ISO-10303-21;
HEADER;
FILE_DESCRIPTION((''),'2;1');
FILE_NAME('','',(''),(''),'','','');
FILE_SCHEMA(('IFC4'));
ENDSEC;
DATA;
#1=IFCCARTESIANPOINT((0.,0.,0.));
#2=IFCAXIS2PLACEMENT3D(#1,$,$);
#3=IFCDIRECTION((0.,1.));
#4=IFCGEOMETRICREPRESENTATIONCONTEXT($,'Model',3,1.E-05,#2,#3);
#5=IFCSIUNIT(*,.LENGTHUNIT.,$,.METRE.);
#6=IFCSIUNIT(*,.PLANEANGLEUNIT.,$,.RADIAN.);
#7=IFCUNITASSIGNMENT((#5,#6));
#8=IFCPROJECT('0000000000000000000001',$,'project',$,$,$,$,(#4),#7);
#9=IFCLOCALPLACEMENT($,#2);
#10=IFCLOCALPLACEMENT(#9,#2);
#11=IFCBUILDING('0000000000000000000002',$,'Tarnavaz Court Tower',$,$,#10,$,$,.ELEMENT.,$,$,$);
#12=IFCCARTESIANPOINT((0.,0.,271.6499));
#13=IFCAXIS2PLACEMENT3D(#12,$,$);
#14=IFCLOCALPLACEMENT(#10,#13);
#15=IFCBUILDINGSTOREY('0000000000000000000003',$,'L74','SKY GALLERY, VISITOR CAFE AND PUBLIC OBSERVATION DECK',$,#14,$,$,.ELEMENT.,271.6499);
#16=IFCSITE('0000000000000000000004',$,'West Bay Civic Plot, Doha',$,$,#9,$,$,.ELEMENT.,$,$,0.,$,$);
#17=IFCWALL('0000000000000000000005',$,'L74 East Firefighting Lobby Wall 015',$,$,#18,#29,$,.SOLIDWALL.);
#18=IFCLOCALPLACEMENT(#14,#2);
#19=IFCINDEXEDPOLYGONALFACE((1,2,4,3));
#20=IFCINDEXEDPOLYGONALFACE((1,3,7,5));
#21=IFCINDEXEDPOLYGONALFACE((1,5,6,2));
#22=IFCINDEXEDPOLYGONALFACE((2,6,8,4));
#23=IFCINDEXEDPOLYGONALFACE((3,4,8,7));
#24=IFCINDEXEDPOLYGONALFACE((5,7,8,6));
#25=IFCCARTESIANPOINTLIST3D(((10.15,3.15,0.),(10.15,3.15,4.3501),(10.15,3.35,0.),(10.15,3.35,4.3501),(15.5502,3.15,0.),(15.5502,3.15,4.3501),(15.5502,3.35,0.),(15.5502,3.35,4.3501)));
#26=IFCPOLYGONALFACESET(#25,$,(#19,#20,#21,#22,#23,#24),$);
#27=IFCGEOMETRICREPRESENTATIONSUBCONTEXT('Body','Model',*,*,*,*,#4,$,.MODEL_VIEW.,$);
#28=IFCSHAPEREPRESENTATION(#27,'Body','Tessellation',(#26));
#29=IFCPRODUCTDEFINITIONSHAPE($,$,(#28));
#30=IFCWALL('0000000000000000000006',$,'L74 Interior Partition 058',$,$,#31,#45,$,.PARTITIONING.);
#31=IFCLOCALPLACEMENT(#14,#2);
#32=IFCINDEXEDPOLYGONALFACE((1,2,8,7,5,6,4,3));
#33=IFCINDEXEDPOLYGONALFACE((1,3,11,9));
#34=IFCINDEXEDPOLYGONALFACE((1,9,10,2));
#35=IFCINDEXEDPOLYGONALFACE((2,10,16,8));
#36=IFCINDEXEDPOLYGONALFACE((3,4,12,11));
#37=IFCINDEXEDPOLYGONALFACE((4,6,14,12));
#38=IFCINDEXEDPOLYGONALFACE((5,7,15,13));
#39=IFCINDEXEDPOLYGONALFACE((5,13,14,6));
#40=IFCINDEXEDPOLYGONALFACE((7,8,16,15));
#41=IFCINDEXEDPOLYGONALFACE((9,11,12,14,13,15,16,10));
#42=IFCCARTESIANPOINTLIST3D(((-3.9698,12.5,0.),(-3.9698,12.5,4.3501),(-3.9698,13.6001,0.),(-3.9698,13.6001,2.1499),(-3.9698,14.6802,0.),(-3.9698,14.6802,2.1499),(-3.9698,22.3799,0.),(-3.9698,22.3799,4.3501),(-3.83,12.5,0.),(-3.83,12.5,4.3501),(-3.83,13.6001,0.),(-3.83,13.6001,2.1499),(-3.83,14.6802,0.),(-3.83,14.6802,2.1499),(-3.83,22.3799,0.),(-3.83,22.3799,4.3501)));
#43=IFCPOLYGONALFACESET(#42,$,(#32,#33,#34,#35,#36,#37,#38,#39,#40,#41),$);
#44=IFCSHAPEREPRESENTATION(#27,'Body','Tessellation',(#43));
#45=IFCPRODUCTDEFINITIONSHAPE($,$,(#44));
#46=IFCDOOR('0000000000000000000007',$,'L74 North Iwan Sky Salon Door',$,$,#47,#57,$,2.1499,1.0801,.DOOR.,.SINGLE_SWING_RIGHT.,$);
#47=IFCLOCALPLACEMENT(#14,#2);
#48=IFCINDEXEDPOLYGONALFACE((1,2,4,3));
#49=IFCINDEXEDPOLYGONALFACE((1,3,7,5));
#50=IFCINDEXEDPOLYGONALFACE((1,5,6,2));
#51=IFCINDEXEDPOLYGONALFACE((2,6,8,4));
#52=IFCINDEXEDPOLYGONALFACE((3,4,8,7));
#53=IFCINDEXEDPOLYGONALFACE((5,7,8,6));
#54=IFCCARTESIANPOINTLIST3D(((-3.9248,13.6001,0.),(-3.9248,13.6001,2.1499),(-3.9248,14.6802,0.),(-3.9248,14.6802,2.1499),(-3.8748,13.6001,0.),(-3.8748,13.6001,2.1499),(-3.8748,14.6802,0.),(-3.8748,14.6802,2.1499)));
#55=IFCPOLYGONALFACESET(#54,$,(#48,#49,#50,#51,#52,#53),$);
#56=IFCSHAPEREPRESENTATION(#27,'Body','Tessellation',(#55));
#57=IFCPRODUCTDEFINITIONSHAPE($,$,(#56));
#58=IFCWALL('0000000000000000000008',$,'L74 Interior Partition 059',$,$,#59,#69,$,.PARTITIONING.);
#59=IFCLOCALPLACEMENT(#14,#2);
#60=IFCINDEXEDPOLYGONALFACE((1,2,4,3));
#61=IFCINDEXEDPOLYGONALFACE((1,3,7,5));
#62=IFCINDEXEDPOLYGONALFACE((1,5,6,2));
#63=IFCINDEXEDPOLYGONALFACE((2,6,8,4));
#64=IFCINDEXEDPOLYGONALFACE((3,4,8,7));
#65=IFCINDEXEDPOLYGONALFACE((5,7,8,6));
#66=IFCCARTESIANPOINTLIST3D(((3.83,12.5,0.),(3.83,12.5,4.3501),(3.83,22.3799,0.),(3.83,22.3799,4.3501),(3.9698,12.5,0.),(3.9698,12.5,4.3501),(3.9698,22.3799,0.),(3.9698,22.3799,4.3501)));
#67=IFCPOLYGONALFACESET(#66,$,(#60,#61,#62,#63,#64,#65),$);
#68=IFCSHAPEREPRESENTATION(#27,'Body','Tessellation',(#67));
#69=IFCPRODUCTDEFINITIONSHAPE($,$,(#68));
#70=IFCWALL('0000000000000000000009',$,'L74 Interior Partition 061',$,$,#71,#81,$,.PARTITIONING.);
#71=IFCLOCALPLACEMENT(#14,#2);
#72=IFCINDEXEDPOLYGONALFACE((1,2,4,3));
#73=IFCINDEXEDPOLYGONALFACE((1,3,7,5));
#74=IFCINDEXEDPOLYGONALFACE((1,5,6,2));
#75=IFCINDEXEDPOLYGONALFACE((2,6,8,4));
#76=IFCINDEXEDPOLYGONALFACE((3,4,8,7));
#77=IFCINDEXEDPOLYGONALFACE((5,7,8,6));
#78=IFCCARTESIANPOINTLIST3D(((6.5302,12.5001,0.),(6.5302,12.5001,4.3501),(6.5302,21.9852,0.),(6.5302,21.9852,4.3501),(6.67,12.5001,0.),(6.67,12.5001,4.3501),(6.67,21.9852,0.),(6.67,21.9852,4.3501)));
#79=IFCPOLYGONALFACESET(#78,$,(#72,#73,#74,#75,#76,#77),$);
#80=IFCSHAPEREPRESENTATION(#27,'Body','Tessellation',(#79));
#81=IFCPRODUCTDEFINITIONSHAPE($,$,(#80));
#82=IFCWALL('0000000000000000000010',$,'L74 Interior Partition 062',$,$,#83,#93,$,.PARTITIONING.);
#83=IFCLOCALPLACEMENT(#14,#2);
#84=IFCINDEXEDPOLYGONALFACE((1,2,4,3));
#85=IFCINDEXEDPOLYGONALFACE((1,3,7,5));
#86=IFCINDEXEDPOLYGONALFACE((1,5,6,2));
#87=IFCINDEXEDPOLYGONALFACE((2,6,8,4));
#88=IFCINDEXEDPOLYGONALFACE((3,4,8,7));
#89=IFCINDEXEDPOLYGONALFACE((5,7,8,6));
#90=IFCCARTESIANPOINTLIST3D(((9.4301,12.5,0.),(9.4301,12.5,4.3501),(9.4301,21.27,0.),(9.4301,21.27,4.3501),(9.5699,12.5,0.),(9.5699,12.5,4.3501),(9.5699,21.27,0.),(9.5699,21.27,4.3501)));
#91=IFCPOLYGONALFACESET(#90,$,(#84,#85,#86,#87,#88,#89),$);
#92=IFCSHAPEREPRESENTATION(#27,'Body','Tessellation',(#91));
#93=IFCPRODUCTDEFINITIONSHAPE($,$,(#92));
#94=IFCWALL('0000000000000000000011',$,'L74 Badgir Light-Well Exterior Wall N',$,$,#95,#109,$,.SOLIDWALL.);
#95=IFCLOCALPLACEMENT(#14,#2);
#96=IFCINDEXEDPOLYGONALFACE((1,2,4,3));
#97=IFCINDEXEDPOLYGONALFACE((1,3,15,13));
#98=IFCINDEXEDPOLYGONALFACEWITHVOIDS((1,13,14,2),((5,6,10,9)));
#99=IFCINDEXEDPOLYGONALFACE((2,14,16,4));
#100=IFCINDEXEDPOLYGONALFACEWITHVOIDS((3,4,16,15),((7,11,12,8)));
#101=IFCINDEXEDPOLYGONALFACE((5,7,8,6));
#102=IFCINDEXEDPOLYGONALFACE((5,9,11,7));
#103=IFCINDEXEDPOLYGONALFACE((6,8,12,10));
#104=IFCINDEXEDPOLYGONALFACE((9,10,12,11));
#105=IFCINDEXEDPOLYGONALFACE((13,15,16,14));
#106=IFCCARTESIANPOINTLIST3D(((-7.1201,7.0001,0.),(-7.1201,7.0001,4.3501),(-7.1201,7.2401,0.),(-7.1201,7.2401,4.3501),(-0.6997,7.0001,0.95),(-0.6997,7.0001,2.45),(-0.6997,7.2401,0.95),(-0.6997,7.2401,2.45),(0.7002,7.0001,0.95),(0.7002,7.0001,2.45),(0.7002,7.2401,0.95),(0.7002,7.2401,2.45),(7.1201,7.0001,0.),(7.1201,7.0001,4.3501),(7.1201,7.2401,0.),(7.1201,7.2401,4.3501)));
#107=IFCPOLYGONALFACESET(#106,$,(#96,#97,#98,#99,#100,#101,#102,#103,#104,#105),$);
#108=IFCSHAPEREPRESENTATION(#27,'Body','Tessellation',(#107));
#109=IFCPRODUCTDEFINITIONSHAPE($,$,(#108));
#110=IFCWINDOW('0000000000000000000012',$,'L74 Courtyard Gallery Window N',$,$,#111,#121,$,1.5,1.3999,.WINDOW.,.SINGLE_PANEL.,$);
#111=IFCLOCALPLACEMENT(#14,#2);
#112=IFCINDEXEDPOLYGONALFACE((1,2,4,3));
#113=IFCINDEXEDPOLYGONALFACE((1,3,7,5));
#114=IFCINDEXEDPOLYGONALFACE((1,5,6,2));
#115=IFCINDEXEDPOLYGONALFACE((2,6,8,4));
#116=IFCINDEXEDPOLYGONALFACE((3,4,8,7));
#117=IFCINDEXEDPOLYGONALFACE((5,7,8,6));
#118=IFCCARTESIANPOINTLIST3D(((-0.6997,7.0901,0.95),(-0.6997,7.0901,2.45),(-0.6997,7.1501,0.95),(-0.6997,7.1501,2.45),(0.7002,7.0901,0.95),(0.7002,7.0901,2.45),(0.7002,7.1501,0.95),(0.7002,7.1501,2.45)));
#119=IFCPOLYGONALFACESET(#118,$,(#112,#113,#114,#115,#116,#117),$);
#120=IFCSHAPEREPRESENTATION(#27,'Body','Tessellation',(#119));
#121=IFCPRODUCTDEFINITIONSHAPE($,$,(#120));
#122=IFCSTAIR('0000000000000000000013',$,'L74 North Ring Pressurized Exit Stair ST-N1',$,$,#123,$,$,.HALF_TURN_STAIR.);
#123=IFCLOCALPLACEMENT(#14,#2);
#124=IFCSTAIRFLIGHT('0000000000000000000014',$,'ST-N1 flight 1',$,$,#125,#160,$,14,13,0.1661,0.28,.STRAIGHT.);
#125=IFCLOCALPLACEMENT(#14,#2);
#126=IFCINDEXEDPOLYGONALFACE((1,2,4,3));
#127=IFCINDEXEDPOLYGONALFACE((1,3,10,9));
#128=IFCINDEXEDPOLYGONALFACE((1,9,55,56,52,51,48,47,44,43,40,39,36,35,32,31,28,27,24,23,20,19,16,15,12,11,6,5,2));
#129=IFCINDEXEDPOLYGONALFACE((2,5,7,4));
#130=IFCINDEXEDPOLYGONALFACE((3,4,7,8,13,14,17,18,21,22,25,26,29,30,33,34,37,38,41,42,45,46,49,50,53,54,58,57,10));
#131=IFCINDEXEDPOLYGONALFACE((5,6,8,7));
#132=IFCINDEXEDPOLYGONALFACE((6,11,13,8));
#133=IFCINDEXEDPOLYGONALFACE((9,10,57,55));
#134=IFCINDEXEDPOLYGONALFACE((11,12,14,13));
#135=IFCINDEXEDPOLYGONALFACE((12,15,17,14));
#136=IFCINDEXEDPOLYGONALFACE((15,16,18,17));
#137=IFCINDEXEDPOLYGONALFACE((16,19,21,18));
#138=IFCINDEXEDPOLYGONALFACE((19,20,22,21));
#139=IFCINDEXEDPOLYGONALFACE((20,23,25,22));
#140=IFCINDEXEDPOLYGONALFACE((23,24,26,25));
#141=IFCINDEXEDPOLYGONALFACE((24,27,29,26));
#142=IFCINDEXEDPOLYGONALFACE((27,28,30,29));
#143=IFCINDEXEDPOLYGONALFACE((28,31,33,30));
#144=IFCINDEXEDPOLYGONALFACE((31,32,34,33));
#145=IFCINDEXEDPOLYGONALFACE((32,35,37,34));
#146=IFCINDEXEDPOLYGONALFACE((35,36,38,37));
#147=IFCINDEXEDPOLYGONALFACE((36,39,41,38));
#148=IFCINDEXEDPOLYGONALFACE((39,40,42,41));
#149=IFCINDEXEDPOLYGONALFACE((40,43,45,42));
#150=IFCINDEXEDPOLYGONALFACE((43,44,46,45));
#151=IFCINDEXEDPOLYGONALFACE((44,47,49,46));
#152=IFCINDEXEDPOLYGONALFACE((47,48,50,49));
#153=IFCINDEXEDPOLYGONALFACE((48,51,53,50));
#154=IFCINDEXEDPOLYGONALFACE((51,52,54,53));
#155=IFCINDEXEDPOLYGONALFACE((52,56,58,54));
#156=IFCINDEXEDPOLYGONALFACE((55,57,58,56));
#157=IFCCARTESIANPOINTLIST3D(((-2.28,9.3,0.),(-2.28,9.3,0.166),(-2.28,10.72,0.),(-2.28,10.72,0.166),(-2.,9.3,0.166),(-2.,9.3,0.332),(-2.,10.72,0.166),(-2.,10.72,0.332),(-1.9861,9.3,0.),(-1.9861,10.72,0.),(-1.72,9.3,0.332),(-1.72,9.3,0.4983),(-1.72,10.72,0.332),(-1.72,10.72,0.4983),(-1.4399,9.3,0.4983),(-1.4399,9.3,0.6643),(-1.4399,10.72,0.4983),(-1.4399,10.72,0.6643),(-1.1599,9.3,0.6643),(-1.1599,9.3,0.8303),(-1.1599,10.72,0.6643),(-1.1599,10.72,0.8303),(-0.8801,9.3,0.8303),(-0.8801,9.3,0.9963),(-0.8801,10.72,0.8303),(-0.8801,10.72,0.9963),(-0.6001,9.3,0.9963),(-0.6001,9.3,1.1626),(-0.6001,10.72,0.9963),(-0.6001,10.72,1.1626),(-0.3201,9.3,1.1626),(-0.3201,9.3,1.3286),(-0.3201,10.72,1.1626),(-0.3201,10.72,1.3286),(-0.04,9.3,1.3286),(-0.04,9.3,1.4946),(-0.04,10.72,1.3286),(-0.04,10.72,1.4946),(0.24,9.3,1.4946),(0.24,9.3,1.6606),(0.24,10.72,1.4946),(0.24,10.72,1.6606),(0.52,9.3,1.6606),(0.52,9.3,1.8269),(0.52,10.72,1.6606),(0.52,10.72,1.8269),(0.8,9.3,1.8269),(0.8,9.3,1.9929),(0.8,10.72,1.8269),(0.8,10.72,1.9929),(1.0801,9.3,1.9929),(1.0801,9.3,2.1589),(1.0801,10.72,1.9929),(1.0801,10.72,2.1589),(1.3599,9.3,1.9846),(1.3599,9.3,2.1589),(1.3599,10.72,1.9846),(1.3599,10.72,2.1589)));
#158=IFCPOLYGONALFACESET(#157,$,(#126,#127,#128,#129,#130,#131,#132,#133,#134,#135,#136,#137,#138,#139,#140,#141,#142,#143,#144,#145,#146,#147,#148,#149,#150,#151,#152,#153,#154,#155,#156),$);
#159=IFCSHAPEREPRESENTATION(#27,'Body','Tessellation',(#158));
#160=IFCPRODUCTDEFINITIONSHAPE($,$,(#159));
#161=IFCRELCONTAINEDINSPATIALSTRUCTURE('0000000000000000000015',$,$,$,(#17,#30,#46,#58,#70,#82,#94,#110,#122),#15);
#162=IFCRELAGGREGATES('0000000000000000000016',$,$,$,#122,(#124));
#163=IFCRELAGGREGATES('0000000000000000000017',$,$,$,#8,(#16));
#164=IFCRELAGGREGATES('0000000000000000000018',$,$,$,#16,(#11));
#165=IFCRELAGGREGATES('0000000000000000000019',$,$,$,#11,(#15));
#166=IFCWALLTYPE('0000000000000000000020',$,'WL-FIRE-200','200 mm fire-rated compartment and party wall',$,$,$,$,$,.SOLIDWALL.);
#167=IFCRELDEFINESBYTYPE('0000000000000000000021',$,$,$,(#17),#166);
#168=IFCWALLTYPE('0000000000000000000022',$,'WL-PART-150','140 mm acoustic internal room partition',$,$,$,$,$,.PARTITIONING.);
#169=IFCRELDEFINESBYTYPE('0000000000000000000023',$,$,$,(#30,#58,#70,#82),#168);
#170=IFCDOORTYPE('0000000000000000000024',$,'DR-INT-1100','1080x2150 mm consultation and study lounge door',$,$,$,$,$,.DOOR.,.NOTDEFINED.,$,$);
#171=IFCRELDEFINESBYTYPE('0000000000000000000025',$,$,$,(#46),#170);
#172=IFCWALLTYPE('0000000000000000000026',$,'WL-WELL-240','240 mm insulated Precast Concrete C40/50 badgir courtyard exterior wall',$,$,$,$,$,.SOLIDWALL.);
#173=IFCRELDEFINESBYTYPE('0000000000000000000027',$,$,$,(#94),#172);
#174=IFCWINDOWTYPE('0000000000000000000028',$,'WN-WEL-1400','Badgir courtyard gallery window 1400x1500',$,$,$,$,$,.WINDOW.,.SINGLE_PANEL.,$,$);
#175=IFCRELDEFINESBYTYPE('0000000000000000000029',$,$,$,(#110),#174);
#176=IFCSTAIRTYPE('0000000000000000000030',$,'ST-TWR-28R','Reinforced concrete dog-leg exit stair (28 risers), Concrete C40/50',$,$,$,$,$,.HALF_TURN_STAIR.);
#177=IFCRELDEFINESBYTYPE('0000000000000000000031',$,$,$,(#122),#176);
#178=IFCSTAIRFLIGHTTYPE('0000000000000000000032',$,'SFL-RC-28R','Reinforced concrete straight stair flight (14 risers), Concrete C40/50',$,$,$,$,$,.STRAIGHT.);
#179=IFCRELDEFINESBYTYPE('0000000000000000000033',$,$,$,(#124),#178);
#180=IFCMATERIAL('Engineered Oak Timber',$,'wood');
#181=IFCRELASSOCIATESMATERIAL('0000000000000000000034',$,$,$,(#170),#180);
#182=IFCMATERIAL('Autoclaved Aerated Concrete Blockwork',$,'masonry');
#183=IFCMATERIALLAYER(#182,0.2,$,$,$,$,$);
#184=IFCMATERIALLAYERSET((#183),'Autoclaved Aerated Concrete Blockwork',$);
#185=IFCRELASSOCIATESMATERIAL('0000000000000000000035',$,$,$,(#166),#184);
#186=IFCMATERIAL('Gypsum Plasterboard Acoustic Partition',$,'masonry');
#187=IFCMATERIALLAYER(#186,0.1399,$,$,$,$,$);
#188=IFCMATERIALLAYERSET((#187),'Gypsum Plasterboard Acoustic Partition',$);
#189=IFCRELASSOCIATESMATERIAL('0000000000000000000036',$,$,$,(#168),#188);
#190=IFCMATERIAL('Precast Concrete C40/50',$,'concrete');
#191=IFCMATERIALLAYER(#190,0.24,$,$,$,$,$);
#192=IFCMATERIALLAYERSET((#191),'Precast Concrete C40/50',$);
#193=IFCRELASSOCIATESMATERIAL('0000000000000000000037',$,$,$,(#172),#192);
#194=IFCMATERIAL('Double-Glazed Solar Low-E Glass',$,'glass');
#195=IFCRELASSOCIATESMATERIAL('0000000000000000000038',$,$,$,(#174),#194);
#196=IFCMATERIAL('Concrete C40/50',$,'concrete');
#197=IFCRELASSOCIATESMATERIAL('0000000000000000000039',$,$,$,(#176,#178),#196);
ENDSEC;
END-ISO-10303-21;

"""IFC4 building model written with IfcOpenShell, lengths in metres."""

from ifc_helpers import new_model, si_unit, direction, frame, frame_2d, origin, place, context, subcontext, project, spatial, polyline, rectangle, outline, extrude, material, layer, layer_set, type_object, element, fill, aggregate, save


model = new_model("IFC4")

# Units and contexts
model_context = context("Model", 3, precision=1e-05, world=origin(), true_north=direction((0.0, 1.0)))
body_context = subcontext(model_context, "Body", "Model", "MODEL_VIEW")
ifc_project = project(units=[si_unit("LENGTHUNIT", "METRE"), si_unit("PLANEANGLEUNIT", "RADIAN")], contexts=[model_context])

# Site, building, storey
site_placement = place(None, origin())
site = spatial("IfcSite", under=ifc_project, at=site_placement, Name="West Bay Civic Plot, Doha", CompositionType="ELEMENT", RefElevation=0.0)
building_placement = place(site_placement, origin())
building = spatial("IfcBuilding", under=site, at=building_placement, Name="Tarnavaz Court Tower", CompositionType="ELEMENT")
storey_placement = place(building_placement, frame((0.0, 0.0, 271.6499)))
storey = spatial("IfcBuildingStorey", under=building, at=storey_placement, Name="L74", Description="SKY GALLERY, VISITOR CAFE AND PUBLIC OBSERVATION DECK", CompositionType="ELEMENT", Elevation=271.6499)

# Shared definitions
ifc_material_1 = material(Name="Engineered Oak Timber", Category="wood")
door_type_1 = type_object("IfcDoorType", Name="DR-INT-1100", Description="1080x2150 mm consultation and study lounge door", OperationType="NOTDEFINED", PredefinedType="DOOR", material=ifc_material_1)

# Wall
ifc_material_2 = material(Name="Autoclaved Aerated Concrete Blockwork", Category="masonry")
ifc_layer_1 = layer(ifc_material_2, 0.2)
ifc_layer_set_1 = layer_set([ifc_layer_1], Name="Autoclaved Aerated Concrete Blockwork")
wall_type_1 = type_object("IfcWallType", Name="WL-FIRE-200", Description="200 mm fire-rated compartment and party wall", PredefinedType="SOLIDWALL", material=ifc_layer_set_1)
wall_1_placement = place(storey_placement, frame((10.1499, 3.25, 0.0), z_axis=(0.0, 0.0, 1.0), x_axis=(1.0, 0.0, 0.0)))
element("IfcWall", 1, at=wall_1_placement, inside=storey, type_object=wall_type_1, Name="L74 East Firefighting Lobby Wall 015", PredefinedType="SOLIDWALL", context=body_context, shape_type="SweptSolid", body=[
    extrude(rectangle(XDim=5.4001, YDim=0.2, at=frame_2d((2.7002, 0.0))), origin(), (0.0, 0.0, 1.0), 4.3501),
])

# Wall, opening, door
ifc_material_3 = material(Name="Gypsum Plasterboard Acoustic Partition", Category="masonry")
ifc_layer_2 = layer(ifc_material_3, 0.1399)
ifc_layer_set_2 = layer_set([ifc_layer_2], Name="Gypsum Plasterboard Acoustic Partition")
wall_type_2 = type_object("IfcWallType", Name="WL-PART-150", Description="140 mm acoustic internal room partition", PredefinedType="PARTITIONING", material=ifc_layer_set_2)
wall_2_placement = place(storey_placement, frame((-3.8999, 12.5, 0.0), z_axis=(0.0, 0.0, 1.0), x_axis=(0.0, 1.0, 0.0)))
wall_2 = element("IfcWall", 2, at=wall_2_placement, inside=storey, type_object=wall_type_2, Name="L74 Interior Partition 058", PredefinedType="PARTITIONING", context=body_context, shape_type="SweptSolid", body=[
    extrude(rectangle(XDim=9.8799, YDim=0.1399, at=frame_2d((4.9399, 0.0))), origin(), (0.0, 0.0, 1.0), 4.3501),
])
opening_1_placement = place(wall_2_placement, frame((1.1001, 0.0, 0.0)))
opening_1 = element("IfcOpeningElement", 3, at=opening_1_placement, cuts=wall_2, PredefinedType="OPENING", context=body_context, shape_type="SweptSolid", body=[
    extrude(rectangle(XDim=1.0801, YDim=2.1499, at=frame_2d((0.54, 1.075))), frame((0.0, 0.0798, 0.0), z_axis=(0.0, -1.0, 0.0), x_axis=(1.0, 0.0, 0.0)), (0.0, 0.0, 1.0), 0.1599),
])
door_1_placement = place(opening_1_placement, origin())
door_1 = element("IfcDoor", 4, at=door_1_placement, inside=storey, type_object=door_type_1, Name="L74 North Iwan Sky Salon Door", OperationType="SINGLE_SWING_RIGHT", OverallHeight=2.1499, OverallWidth=1.0801, PredefinedType="DOOR", context=body_context, shape_type="SweptSolid", body=[
    extrude(rectangle(XDim=1.0801, YDim=2.1499, at=frame_2d((0.54, 1.075))), frame((0.0, 0.0249, 0.0), z_axis=(0.0, -1.0, 0.0), x_axis=(1.0, 0.0, 0.0)), (0.0, 0.0, 1.0), 0.05),
])
fill(opening_1, door_1)

# Walls
wall_3_placement = place(storey_placement, frame((3.8999, 12.5, 0.0), z_axis=(0.0, 0.0, 1.0), x_axis=(0.0, 1.0, 0.0)))
element("IfcWall", 5, at=wall_3_placement, inside=storey, type_object=wall_type_2, Name="L74 Interior Partition 059", PredefinedType="PARTITIONING", context=body_context, shape_type="SweptSolid", body=[
    extrude(rectangle(XDim=9.8799, YDim=0.1399, at=frame_2d((4.9399, 0.0))), origin(), (0.0, 0.0, 1.0), 4.3501),
])
wall_4_placement = place(storey_placement, frame((6.6001, 12.5, 0.0), z_axis=(0.0, 0.0, 1.0), x_axis=(0.0, 1.0, 0.0)))
element("IfcWall", 6, at=wall_4_placement, inside=storey, type_object=wall_type_2, Name="L74 Interior Partition 061", PredefinedType="PARTITIONING", context=body_context, shape_type="SweptSolid", body=[
    extrude(rectangle(XDim=9.4851, YDim=0.1399, at=frame_2d((4.7427, 0.0))), origin(), (0.0, 0.0, 1.0), 4.3501),
])
wall_5_placement = place(storey_placement, frame((9.5, 12.5, 0.0), z_axis=(0.0, 0.0, 1.0), x_axis=(0.0, 1.0, 0.0)))
element("IfcWall", 7, at=wall_5_placement, inside=storey, type_object=wall_type_2, Name="L74 Interior Partition 062", PredefinedType="PARTITIONING", context=body_context, shape_type="SweptSolid", body=[
    extrude(rectangle(XDim=8.77, YDim=0.1399, at=frame_2d((4.385, 0.0))), origin(), (0.0, 0.0, 1.0), 4.3501),
])

# Wall, opening, window
ifc_material_4 = material(Name="Precast Concrete C40/50", Category="concrete")
ifc_layer_3 = layer(ifc_material_4, 0.24)
ifc_layer_set_3 = layer_set([ifc_layer_3], Name="Precast Concrete C40/50")
wall_type_3 = type_object("IfcWallType", Name="WL-WELL-240", Description="240 mm insulated Precast Concrete C40/50 badgir courtyard exterior wall", PredefinedType="SOLIDWALL", material=ifc_layer_set_3)
wall_6_placement = place(storey_placement, frame((7.1201, 7.1201, 0.0), z_axis=(0.0, 0.0, 1.0), x_axis=(-1.0, 0.0, 0.0)))
wall_6 = element("IfcWall", 8, at=wall_6_placement, inside=storey, type_object=wall_type_3, Name="L74 Badgir Light-Well Exterior Wall N", PredefinedType="SOLIDWALL", context=body_context, shape_type="SweptSolid", body=[
    extrude(rectangle(XDim=14.2402, YDim=0.24, at=frame_2d((7.1201, 0.0))), origin(), (0.0, 0.0, 1.0), 4.3501),
])
opening_2_placement = place(wall_6_placement, frame((6.4199, 0.0, 0.95)))
opening_2 = element("IfcOpeningElement", 9, at=opening_2_placement, cuts=wall_6, PredefinedType="OPENING", context=body_context, shape_type="SweptSolid", body=[
    extrude(rectangle(XDim=1.3999, YDim=1.5, at=frame_2d((0.7, 0.75))), frame((0.0, 0.1299, 0.0), z_axis=(0.0, -1.0, 0.0), x_axis=(1.0, 0.0, 0.0)), (0.0, 0.0, 1.0), 0.26),
])
ifc_material_5 = material(Name="Double-Glazed Solar Low-E Glass", Category="glass")
window_type = type_object("IfcWindowType", Name="WN-WEL-1400", Description="Badgir courtyard gallery window 1400x1500", PartitioningType="SINGLE_PANEL", PredefinedType="WINDOW", material=ifc_material_5)
window_placement = place(opening_2_placement, origin())
window = element("IfcWindow", 10, at=window_placement, inside=storey, type_object=window_type, Name="L74 Courtyard Gallery Window N", OverallHeight=1.5, OverallWidth=1.3999, PartitioningType="SINGLE_PANEL", PredefinedType="WINDOW", context=body_context, shape_type="SweptSolid", body=[
    extrude(rectangle(XDim=1.3999, YDim=1.5, at=frame_2d((0.7, 0.75))), frame((0.0, 0.03, 0.0), z_axis=(0.0, -1.0, 0.0), x_axis=(1.0, 0.0, 0.0)), (0.0, 0.0, 1.0), 0.0601),
])
fill(opening_2, window)

# Stair, stair flight
ifc_material_6 = material(Name="Concrete C40/50", Category="concrete")
stair_type = type_object("IfcStairType", Name="ST-TWR-28R", Description="Reinforced concrete dog-leg exit stair (28 risers), Concrete C40/50", PredefinedType="HALF_TURN_STAIR", material=ifc_material_6)
stair_placement = place(storey_placement, origin())
stair = element("IfcStair", 11, at=stair_placement, inside=storey, type_object=stair_type, Name="L74 North Ring Pressurized Exit Stair ST-N1", PredefinedType="HALF_TURN_STAIR")
stair_flight_type = type_object("IfcStairFlightType", Name="SFL-RC-28R", Description="Reinforced concrete straight stair flight (14 risers), Concrete C40/50", PredefinedType="STRAIGHT", material=ifc_material_6)
stair_flight_1_placement = place(storey_placement, frame((-2.28, 10.01, 0.0), z_axis=(0.0, 0.0, 1.0), x_axis=(1.0, 0.0, 0.0)))
stair_flight_1 = element("IfcStairFlight", 12, at=stair_flight_1_placement, type_object=stair_flight_type, Name="ST-N1 flight 1", NumberOfRisers=14, NumberOfTreads=13, PredefinedType="STRAIGHT", RiserHeight=0.1661, TreadLength=0.28, context=body_context, shape_type="SweptSolid", body=[
    extrude(outline(polyline([(0.0, 0.0), (0.0, 0.166), (0.28, 0.166), (0.28, 0.332), (0.5601, 0.332), (0.5601, 0.4983), (0.8401, 0.4983), (0.8401, 0.6643), (1.1201, 0.6643), (1.1201, 0.8303), (1.3999, 0.8303), (1.3999, 0.9963), (1.6799, 0.9963), (1.6799, 1.1626), (1.96, 1.1626), (1.96, 1.3286), (2.24, 1.3286), (2.24, 1.4946), (2.52, 1.4946), (2.52, 1.6606), (2.8, 1.6606), (2.8, 1.8269), (3.0801, 1.8269), (3.0801, 1.9929), (3.3601, 1.9929), (3.3601, 2.1589), (3.6399, 2.1589), (3.6399, 2.325), (3.6399, 1.9846), (0.2939, 0.0), (0.0, 0.0)])), frame((0.0, 0.71, 0.0), z_axis=(0.0, -1.0, 0.0), x_axis=(1.0, 0.0, 0.0)), (0.0, 0.0, 1.0), 1.4199),
])
aggregate(stair, [stair_flight_1])

save(model, "model.ifc")
